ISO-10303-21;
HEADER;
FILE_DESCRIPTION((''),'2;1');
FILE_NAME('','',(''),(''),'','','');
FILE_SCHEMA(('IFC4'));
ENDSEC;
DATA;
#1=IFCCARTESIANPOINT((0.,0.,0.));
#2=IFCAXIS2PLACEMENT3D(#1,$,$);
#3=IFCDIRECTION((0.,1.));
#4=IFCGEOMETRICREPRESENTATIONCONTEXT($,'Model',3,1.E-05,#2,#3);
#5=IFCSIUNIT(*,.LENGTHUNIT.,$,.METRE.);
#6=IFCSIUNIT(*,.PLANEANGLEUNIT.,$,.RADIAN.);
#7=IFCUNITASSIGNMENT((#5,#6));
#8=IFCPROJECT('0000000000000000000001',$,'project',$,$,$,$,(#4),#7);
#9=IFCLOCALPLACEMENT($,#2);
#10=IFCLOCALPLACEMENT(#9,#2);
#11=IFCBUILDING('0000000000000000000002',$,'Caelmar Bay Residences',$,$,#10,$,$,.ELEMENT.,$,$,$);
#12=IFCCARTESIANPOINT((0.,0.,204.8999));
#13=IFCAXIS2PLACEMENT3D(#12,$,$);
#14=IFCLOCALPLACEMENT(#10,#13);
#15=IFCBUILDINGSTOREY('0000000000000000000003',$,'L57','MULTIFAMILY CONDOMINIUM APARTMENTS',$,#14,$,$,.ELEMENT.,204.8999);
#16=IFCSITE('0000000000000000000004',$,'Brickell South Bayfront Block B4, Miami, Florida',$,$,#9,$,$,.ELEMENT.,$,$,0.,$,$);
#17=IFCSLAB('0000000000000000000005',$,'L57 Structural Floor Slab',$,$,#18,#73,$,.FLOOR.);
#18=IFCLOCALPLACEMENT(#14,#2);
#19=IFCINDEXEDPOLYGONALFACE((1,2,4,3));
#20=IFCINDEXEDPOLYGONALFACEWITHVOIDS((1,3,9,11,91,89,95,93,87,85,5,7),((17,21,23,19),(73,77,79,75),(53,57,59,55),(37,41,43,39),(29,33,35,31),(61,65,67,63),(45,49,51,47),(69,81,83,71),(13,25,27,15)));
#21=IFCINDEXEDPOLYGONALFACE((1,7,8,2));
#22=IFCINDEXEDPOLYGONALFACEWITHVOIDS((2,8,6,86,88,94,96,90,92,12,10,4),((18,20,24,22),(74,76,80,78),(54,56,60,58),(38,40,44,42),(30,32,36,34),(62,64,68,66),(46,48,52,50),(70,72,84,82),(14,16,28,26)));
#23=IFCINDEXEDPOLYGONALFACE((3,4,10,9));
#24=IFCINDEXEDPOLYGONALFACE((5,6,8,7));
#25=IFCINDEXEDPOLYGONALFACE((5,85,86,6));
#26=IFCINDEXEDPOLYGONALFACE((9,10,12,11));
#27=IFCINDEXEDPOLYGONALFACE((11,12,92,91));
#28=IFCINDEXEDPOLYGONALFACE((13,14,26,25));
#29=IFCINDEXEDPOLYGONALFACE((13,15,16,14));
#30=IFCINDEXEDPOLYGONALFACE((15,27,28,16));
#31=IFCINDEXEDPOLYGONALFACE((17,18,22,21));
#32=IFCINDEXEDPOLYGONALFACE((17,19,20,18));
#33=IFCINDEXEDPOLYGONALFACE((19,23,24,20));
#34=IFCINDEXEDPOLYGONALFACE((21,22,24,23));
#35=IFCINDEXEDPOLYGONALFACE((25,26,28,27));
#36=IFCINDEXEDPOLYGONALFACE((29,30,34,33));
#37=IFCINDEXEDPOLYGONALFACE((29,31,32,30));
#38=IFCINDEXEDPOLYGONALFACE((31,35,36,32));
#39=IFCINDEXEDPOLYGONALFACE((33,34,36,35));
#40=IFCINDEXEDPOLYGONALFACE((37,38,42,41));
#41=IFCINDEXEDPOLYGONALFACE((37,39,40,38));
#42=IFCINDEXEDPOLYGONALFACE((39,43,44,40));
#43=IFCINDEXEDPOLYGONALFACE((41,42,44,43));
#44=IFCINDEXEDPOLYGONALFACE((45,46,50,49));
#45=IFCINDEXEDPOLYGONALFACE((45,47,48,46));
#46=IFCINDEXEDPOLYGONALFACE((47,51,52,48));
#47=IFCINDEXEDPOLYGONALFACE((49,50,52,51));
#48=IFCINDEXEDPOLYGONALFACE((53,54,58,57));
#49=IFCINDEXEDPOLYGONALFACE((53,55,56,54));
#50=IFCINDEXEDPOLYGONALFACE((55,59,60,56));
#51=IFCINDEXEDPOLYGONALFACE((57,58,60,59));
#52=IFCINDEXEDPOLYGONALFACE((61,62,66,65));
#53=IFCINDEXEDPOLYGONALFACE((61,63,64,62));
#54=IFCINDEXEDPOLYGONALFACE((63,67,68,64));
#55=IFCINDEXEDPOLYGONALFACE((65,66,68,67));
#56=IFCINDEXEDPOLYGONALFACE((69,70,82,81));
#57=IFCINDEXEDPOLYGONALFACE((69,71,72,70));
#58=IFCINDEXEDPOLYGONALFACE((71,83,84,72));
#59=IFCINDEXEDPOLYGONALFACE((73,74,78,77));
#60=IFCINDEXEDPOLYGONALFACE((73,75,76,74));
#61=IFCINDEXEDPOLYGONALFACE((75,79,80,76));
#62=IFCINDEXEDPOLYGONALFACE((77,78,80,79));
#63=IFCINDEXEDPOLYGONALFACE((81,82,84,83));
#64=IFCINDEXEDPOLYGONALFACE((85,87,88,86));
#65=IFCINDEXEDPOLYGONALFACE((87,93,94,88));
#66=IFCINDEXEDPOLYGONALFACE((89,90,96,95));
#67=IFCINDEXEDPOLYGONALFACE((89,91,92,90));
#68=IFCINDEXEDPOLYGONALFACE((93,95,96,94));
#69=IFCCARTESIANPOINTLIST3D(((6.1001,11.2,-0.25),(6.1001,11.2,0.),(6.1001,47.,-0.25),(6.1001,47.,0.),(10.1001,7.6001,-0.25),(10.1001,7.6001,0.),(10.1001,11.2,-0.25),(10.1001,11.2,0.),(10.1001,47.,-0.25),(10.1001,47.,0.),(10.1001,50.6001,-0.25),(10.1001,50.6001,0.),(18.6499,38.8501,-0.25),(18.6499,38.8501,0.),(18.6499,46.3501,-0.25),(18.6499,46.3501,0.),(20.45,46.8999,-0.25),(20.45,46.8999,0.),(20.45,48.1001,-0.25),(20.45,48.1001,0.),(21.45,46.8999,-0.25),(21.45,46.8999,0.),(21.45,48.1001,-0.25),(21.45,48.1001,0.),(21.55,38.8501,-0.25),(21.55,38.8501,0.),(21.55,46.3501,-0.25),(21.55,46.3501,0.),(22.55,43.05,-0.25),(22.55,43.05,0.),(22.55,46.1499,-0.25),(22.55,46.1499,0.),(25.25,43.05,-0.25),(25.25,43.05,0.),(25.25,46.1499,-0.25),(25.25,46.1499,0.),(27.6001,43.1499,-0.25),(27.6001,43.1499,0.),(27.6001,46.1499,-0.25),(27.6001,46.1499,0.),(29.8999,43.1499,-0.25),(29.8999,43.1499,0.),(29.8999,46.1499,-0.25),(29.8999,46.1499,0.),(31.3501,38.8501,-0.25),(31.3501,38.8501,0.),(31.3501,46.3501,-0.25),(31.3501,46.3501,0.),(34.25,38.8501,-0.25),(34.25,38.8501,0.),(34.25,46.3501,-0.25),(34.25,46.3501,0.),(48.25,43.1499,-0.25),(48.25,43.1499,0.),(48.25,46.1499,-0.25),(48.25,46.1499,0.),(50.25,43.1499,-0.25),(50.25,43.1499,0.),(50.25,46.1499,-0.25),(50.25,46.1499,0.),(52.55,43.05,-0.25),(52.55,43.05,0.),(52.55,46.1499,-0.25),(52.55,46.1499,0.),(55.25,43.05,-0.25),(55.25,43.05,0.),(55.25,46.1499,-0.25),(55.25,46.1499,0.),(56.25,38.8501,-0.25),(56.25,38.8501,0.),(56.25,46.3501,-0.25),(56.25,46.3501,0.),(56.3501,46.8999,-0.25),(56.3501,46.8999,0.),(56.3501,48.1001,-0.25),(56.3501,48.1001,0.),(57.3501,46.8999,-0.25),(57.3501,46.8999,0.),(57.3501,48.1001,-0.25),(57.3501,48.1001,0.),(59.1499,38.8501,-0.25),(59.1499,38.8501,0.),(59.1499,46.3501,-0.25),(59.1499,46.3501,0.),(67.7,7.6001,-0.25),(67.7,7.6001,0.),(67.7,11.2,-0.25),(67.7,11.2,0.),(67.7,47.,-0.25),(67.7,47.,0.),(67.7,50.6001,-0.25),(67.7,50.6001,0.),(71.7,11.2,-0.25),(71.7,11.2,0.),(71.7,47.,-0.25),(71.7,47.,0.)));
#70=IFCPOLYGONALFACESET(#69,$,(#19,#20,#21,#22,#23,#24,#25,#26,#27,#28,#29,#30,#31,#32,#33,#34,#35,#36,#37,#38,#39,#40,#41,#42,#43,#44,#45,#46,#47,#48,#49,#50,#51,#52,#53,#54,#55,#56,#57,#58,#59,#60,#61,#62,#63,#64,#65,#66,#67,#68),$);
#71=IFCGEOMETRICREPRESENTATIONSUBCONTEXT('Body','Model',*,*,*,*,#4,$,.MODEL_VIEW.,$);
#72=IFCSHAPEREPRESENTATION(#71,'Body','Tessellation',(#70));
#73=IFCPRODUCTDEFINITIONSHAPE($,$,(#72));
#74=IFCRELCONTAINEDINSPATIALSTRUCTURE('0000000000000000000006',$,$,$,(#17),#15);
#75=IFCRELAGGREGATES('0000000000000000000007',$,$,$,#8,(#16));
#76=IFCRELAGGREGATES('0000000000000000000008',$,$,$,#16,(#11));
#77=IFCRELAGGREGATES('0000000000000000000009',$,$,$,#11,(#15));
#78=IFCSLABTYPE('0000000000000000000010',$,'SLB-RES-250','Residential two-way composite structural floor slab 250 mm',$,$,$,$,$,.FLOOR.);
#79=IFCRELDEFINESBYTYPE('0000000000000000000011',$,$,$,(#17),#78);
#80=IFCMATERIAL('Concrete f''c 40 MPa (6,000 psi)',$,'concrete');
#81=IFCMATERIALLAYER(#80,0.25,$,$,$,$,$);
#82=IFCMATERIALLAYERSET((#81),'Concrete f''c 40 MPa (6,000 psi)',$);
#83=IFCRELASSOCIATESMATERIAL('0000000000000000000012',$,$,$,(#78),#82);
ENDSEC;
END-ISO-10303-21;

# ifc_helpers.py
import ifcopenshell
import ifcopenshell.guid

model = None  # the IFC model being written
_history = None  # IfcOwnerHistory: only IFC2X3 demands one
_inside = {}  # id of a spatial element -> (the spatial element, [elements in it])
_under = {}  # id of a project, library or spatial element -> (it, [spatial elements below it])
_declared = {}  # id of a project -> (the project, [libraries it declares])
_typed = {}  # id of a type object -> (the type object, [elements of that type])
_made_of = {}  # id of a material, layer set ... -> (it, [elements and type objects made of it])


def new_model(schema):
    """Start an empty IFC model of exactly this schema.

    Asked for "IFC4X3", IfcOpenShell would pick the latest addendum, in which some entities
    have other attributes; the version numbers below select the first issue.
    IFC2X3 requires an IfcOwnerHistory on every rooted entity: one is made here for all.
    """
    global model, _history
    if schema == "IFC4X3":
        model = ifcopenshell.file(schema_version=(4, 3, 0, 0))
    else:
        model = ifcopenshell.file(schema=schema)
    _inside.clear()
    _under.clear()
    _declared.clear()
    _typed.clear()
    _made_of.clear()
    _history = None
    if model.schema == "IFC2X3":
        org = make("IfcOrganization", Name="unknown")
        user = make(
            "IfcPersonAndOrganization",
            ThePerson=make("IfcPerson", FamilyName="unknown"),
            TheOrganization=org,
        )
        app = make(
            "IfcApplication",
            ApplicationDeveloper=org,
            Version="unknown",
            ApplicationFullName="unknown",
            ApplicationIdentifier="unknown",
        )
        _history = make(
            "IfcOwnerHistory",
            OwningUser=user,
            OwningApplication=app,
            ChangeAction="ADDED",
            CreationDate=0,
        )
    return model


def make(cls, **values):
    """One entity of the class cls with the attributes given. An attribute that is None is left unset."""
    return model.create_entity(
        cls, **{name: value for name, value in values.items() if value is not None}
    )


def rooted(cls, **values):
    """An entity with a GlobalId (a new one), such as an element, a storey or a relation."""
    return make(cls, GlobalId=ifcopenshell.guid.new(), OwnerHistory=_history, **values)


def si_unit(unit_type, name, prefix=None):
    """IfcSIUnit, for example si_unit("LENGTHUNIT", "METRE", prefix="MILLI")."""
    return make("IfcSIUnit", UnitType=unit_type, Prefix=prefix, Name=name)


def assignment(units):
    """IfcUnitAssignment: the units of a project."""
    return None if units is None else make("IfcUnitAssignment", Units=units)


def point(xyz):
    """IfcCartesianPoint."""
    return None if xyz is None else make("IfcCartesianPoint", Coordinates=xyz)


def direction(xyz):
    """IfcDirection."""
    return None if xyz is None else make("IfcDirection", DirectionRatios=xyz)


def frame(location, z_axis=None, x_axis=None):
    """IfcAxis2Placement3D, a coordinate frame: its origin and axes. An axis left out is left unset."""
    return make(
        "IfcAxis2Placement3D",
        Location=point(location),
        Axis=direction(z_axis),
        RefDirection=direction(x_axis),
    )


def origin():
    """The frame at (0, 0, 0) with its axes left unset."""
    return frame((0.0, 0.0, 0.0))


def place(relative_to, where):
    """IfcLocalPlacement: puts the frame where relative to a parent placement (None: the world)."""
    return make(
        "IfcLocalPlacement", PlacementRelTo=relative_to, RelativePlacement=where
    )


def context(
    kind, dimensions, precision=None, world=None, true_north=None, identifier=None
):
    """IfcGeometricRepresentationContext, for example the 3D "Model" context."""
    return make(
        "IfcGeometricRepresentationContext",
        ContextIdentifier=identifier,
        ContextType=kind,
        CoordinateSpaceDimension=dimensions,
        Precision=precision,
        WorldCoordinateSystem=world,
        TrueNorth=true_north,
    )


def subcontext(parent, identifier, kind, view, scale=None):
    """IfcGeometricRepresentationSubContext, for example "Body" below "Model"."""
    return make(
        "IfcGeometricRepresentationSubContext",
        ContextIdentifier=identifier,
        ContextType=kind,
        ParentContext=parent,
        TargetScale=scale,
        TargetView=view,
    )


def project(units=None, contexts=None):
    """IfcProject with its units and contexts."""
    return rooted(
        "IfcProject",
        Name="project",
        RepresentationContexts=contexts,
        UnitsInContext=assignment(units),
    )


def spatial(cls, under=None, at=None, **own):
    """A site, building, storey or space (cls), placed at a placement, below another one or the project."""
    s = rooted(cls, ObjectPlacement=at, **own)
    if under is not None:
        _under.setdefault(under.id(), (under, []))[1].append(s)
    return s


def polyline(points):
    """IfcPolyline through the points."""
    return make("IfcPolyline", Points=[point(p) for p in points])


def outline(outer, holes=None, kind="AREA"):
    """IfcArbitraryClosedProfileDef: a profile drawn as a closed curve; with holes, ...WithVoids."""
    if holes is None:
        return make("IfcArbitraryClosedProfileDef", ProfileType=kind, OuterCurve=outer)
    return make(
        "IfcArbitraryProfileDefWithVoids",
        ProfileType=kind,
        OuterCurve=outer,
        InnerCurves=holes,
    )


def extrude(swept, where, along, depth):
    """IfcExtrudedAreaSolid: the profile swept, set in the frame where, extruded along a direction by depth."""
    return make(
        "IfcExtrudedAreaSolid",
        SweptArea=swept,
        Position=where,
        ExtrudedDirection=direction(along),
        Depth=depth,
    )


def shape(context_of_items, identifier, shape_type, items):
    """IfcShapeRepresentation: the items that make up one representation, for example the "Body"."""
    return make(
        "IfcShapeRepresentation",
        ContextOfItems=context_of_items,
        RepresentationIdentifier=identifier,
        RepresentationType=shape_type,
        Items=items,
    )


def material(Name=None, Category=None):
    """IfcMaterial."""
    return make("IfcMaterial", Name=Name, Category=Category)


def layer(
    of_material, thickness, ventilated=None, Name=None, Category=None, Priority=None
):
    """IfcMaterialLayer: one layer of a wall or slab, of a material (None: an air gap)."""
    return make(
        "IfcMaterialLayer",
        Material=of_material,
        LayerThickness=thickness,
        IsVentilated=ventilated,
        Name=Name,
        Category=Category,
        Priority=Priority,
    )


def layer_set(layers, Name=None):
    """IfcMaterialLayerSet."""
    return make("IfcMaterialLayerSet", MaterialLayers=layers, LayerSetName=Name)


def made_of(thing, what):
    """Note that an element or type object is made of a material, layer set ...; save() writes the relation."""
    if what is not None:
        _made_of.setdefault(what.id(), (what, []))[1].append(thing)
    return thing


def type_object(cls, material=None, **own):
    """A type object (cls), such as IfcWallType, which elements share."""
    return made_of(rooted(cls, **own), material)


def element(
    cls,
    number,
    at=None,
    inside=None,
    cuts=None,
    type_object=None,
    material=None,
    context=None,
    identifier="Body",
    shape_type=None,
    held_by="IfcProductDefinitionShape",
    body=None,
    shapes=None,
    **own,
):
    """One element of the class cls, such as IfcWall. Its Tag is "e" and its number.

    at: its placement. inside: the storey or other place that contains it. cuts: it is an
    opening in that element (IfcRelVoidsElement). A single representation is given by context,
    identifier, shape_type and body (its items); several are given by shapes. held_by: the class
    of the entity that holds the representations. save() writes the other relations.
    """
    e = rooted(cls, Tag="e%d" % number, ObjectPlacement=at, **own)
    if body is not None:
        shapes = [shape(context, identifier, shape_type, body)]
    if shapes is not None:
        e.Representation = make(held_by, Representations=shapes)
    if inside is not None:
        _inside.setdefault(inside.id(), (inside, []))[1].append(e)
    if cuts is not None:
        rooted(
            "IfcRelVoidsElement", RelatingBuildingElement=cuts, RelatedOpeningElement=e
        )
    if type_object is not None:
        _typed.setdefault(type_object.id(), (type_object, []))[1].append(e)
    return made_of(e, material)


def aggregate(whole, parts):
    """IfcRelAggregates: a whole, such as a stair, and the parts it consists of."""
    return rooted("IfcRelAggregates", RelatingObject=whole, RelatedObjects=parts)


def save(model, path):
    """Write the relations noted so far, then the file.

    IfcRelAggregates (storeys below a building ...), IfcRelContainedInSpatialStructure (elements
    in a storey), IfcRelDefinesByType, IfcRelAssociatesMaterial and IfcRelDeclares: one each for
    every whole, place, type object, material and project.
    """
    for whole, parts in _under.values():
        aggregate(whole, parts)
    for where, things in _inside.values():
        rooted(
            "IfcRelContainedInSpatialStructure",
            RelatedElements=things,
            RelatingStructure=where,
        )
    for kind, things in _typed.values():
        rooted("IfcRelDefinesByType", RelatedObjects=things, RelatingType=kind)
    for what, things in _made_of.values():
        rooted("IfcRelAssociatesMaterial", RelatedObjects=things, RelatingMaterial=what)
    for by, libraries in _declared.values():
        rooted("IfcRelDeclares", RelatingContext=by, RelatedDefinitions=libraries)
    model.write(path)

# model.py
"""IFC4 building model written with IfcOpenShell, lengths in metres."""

from ifc_helpers import new_model, si_unit, direction, frame, origin, place, context, subcontext, project, spatial, polyline, outline, extrude, material, layer, layer_set, type_object, element, save


model = new_model("IFC4")

# Units and contexts
model_context = context("Model", 3, precision=1e-05, world=origin(), true_north=direction((0.0, 1.0)))
body_context = subcontext(model_context, "Body", "Model", "MODEL_VIEW")
ifc_project = project(units=[si_unit("LENGTHUNIT", "METRE"), si_unit("PLANEANGLEUNIT", "RADIAN")], contexts=[model_context])

# Site, building, storey
site_placement = place(None, origin())
site = spatial("IfcSite", under=ifc_project, at=site_placement, Name="Brickell South Bayfront Block B4, Miami, Florida", CompositionType="ELEMENT", RefElevation=0.0)
building_placement = place(site_placement, origin())
building = spatial("IfcBuilding", under=site, at=building_placement, Name="Caelmar Bay Residences", CompositionType="ELEMENT")
storey_placement = place(building_placement, frame((0.0, 0.0, 204.8999)))
storey = spatial("IfcBuildingStorey", under=building, at=storey_placement, Name="L57", Description="MULTIFAMILY CONDOMINIUM APARTMENTS", CompositionType="ELEMENT", Elevation=204.8999)

# Shared definitions
ifc_material_1 = material(Name="Concrete f'c 40 MPa (6,000 psi)", Category="concrete")

# Slab
ifc_layer_1 = layer(ifc_material_1, 0.25)
ifc_layer_set_1 = layer_set([ifc_layer_1], Name="Concrete f'c 40 MPa (6,000 psi)")
slab_type_1 = type_object("IfcSlabType", Name="SLB-RES-250", Description="Residential two-way composite structural floor slab 250 mm", PredefinedType="FLOOR", material=ifc_layer_set_1)
slab_1_placement = place(storey_placement, frame((0.0, 0.0, -0.25)))
element("IfcSlab", 1, at=slab_1_placement, inside=storey, type_object=slab_type_1, Name="L57 Structural Floor Slab", PredefinedType="FLOOR", context=body_context, shape_type="SweptSolid", body=[
    extrude(outline(polyline([(10.1001, 7.6001), (67.7, 7.6001), (67.7, 11.2), (71.7, 11.2), (71.7, 47.0), (67.7, 47.0), (67.7, 50.6001), (10.1001, 50.6001), (10.1001, 47.0), (6.1001, 47.0), (6.1001, 11.2), (10.1001, 11.2), (10.1001, 7.6001)]), holes=[polyline([(18.6499, 38.8501), (21.55, 38.8501), (21.55, 46.3501), (18.6499, 46.3501), (18.6499, 38.8501)]), polyline([(56.25, 38.8501), (59.1499, 38.8501), (59.1499, 46.3501), (56.25, 46.3501), (56.25, 38.8501)]), polyline([(31.3501, 38.8501), (34.25, 38.8501), (34.25, 46.3501), (31.3501, 46.3501), (31.3501, 38.8501)]), polyline([(22.55, 43.05), (25.25, 43.05), (25.25, 46.1499), (22.55, 46.1499), (22.55, 43.05)]), polyline([(52.55, 43.05), (55.25, 43.05), (55.25, 46.1499), (52.55, 46.1499), (52.55, 43.05)]), polyline([(48.25, 43.1499), (50.25, 43.1499), (50.25, 46.1499), (48.25, 46.1499), (48.25, 43.1499)]), polyline([(27.6001, 43.1499), (29.8999, 43.1499), (29.8999, 46.1499), (27.6001, 46.1499), (27.6001, 43.1499)]), polyline([(20.45, 46.8999), (21.45, 46.8999), (21.45, 48.1001), (20.45, 48.1001), (20.45, 46.8999)]), polyline([(56.3501, 46.8999), (57.3501, 46.8999), (57.3501, 48.1001), (56.3501, 48.1001), (56.3501, 46.8999)])]), origin(), (0.0, 0.0, 1.0), 0.25),
])

save(model, "model.ifc")
